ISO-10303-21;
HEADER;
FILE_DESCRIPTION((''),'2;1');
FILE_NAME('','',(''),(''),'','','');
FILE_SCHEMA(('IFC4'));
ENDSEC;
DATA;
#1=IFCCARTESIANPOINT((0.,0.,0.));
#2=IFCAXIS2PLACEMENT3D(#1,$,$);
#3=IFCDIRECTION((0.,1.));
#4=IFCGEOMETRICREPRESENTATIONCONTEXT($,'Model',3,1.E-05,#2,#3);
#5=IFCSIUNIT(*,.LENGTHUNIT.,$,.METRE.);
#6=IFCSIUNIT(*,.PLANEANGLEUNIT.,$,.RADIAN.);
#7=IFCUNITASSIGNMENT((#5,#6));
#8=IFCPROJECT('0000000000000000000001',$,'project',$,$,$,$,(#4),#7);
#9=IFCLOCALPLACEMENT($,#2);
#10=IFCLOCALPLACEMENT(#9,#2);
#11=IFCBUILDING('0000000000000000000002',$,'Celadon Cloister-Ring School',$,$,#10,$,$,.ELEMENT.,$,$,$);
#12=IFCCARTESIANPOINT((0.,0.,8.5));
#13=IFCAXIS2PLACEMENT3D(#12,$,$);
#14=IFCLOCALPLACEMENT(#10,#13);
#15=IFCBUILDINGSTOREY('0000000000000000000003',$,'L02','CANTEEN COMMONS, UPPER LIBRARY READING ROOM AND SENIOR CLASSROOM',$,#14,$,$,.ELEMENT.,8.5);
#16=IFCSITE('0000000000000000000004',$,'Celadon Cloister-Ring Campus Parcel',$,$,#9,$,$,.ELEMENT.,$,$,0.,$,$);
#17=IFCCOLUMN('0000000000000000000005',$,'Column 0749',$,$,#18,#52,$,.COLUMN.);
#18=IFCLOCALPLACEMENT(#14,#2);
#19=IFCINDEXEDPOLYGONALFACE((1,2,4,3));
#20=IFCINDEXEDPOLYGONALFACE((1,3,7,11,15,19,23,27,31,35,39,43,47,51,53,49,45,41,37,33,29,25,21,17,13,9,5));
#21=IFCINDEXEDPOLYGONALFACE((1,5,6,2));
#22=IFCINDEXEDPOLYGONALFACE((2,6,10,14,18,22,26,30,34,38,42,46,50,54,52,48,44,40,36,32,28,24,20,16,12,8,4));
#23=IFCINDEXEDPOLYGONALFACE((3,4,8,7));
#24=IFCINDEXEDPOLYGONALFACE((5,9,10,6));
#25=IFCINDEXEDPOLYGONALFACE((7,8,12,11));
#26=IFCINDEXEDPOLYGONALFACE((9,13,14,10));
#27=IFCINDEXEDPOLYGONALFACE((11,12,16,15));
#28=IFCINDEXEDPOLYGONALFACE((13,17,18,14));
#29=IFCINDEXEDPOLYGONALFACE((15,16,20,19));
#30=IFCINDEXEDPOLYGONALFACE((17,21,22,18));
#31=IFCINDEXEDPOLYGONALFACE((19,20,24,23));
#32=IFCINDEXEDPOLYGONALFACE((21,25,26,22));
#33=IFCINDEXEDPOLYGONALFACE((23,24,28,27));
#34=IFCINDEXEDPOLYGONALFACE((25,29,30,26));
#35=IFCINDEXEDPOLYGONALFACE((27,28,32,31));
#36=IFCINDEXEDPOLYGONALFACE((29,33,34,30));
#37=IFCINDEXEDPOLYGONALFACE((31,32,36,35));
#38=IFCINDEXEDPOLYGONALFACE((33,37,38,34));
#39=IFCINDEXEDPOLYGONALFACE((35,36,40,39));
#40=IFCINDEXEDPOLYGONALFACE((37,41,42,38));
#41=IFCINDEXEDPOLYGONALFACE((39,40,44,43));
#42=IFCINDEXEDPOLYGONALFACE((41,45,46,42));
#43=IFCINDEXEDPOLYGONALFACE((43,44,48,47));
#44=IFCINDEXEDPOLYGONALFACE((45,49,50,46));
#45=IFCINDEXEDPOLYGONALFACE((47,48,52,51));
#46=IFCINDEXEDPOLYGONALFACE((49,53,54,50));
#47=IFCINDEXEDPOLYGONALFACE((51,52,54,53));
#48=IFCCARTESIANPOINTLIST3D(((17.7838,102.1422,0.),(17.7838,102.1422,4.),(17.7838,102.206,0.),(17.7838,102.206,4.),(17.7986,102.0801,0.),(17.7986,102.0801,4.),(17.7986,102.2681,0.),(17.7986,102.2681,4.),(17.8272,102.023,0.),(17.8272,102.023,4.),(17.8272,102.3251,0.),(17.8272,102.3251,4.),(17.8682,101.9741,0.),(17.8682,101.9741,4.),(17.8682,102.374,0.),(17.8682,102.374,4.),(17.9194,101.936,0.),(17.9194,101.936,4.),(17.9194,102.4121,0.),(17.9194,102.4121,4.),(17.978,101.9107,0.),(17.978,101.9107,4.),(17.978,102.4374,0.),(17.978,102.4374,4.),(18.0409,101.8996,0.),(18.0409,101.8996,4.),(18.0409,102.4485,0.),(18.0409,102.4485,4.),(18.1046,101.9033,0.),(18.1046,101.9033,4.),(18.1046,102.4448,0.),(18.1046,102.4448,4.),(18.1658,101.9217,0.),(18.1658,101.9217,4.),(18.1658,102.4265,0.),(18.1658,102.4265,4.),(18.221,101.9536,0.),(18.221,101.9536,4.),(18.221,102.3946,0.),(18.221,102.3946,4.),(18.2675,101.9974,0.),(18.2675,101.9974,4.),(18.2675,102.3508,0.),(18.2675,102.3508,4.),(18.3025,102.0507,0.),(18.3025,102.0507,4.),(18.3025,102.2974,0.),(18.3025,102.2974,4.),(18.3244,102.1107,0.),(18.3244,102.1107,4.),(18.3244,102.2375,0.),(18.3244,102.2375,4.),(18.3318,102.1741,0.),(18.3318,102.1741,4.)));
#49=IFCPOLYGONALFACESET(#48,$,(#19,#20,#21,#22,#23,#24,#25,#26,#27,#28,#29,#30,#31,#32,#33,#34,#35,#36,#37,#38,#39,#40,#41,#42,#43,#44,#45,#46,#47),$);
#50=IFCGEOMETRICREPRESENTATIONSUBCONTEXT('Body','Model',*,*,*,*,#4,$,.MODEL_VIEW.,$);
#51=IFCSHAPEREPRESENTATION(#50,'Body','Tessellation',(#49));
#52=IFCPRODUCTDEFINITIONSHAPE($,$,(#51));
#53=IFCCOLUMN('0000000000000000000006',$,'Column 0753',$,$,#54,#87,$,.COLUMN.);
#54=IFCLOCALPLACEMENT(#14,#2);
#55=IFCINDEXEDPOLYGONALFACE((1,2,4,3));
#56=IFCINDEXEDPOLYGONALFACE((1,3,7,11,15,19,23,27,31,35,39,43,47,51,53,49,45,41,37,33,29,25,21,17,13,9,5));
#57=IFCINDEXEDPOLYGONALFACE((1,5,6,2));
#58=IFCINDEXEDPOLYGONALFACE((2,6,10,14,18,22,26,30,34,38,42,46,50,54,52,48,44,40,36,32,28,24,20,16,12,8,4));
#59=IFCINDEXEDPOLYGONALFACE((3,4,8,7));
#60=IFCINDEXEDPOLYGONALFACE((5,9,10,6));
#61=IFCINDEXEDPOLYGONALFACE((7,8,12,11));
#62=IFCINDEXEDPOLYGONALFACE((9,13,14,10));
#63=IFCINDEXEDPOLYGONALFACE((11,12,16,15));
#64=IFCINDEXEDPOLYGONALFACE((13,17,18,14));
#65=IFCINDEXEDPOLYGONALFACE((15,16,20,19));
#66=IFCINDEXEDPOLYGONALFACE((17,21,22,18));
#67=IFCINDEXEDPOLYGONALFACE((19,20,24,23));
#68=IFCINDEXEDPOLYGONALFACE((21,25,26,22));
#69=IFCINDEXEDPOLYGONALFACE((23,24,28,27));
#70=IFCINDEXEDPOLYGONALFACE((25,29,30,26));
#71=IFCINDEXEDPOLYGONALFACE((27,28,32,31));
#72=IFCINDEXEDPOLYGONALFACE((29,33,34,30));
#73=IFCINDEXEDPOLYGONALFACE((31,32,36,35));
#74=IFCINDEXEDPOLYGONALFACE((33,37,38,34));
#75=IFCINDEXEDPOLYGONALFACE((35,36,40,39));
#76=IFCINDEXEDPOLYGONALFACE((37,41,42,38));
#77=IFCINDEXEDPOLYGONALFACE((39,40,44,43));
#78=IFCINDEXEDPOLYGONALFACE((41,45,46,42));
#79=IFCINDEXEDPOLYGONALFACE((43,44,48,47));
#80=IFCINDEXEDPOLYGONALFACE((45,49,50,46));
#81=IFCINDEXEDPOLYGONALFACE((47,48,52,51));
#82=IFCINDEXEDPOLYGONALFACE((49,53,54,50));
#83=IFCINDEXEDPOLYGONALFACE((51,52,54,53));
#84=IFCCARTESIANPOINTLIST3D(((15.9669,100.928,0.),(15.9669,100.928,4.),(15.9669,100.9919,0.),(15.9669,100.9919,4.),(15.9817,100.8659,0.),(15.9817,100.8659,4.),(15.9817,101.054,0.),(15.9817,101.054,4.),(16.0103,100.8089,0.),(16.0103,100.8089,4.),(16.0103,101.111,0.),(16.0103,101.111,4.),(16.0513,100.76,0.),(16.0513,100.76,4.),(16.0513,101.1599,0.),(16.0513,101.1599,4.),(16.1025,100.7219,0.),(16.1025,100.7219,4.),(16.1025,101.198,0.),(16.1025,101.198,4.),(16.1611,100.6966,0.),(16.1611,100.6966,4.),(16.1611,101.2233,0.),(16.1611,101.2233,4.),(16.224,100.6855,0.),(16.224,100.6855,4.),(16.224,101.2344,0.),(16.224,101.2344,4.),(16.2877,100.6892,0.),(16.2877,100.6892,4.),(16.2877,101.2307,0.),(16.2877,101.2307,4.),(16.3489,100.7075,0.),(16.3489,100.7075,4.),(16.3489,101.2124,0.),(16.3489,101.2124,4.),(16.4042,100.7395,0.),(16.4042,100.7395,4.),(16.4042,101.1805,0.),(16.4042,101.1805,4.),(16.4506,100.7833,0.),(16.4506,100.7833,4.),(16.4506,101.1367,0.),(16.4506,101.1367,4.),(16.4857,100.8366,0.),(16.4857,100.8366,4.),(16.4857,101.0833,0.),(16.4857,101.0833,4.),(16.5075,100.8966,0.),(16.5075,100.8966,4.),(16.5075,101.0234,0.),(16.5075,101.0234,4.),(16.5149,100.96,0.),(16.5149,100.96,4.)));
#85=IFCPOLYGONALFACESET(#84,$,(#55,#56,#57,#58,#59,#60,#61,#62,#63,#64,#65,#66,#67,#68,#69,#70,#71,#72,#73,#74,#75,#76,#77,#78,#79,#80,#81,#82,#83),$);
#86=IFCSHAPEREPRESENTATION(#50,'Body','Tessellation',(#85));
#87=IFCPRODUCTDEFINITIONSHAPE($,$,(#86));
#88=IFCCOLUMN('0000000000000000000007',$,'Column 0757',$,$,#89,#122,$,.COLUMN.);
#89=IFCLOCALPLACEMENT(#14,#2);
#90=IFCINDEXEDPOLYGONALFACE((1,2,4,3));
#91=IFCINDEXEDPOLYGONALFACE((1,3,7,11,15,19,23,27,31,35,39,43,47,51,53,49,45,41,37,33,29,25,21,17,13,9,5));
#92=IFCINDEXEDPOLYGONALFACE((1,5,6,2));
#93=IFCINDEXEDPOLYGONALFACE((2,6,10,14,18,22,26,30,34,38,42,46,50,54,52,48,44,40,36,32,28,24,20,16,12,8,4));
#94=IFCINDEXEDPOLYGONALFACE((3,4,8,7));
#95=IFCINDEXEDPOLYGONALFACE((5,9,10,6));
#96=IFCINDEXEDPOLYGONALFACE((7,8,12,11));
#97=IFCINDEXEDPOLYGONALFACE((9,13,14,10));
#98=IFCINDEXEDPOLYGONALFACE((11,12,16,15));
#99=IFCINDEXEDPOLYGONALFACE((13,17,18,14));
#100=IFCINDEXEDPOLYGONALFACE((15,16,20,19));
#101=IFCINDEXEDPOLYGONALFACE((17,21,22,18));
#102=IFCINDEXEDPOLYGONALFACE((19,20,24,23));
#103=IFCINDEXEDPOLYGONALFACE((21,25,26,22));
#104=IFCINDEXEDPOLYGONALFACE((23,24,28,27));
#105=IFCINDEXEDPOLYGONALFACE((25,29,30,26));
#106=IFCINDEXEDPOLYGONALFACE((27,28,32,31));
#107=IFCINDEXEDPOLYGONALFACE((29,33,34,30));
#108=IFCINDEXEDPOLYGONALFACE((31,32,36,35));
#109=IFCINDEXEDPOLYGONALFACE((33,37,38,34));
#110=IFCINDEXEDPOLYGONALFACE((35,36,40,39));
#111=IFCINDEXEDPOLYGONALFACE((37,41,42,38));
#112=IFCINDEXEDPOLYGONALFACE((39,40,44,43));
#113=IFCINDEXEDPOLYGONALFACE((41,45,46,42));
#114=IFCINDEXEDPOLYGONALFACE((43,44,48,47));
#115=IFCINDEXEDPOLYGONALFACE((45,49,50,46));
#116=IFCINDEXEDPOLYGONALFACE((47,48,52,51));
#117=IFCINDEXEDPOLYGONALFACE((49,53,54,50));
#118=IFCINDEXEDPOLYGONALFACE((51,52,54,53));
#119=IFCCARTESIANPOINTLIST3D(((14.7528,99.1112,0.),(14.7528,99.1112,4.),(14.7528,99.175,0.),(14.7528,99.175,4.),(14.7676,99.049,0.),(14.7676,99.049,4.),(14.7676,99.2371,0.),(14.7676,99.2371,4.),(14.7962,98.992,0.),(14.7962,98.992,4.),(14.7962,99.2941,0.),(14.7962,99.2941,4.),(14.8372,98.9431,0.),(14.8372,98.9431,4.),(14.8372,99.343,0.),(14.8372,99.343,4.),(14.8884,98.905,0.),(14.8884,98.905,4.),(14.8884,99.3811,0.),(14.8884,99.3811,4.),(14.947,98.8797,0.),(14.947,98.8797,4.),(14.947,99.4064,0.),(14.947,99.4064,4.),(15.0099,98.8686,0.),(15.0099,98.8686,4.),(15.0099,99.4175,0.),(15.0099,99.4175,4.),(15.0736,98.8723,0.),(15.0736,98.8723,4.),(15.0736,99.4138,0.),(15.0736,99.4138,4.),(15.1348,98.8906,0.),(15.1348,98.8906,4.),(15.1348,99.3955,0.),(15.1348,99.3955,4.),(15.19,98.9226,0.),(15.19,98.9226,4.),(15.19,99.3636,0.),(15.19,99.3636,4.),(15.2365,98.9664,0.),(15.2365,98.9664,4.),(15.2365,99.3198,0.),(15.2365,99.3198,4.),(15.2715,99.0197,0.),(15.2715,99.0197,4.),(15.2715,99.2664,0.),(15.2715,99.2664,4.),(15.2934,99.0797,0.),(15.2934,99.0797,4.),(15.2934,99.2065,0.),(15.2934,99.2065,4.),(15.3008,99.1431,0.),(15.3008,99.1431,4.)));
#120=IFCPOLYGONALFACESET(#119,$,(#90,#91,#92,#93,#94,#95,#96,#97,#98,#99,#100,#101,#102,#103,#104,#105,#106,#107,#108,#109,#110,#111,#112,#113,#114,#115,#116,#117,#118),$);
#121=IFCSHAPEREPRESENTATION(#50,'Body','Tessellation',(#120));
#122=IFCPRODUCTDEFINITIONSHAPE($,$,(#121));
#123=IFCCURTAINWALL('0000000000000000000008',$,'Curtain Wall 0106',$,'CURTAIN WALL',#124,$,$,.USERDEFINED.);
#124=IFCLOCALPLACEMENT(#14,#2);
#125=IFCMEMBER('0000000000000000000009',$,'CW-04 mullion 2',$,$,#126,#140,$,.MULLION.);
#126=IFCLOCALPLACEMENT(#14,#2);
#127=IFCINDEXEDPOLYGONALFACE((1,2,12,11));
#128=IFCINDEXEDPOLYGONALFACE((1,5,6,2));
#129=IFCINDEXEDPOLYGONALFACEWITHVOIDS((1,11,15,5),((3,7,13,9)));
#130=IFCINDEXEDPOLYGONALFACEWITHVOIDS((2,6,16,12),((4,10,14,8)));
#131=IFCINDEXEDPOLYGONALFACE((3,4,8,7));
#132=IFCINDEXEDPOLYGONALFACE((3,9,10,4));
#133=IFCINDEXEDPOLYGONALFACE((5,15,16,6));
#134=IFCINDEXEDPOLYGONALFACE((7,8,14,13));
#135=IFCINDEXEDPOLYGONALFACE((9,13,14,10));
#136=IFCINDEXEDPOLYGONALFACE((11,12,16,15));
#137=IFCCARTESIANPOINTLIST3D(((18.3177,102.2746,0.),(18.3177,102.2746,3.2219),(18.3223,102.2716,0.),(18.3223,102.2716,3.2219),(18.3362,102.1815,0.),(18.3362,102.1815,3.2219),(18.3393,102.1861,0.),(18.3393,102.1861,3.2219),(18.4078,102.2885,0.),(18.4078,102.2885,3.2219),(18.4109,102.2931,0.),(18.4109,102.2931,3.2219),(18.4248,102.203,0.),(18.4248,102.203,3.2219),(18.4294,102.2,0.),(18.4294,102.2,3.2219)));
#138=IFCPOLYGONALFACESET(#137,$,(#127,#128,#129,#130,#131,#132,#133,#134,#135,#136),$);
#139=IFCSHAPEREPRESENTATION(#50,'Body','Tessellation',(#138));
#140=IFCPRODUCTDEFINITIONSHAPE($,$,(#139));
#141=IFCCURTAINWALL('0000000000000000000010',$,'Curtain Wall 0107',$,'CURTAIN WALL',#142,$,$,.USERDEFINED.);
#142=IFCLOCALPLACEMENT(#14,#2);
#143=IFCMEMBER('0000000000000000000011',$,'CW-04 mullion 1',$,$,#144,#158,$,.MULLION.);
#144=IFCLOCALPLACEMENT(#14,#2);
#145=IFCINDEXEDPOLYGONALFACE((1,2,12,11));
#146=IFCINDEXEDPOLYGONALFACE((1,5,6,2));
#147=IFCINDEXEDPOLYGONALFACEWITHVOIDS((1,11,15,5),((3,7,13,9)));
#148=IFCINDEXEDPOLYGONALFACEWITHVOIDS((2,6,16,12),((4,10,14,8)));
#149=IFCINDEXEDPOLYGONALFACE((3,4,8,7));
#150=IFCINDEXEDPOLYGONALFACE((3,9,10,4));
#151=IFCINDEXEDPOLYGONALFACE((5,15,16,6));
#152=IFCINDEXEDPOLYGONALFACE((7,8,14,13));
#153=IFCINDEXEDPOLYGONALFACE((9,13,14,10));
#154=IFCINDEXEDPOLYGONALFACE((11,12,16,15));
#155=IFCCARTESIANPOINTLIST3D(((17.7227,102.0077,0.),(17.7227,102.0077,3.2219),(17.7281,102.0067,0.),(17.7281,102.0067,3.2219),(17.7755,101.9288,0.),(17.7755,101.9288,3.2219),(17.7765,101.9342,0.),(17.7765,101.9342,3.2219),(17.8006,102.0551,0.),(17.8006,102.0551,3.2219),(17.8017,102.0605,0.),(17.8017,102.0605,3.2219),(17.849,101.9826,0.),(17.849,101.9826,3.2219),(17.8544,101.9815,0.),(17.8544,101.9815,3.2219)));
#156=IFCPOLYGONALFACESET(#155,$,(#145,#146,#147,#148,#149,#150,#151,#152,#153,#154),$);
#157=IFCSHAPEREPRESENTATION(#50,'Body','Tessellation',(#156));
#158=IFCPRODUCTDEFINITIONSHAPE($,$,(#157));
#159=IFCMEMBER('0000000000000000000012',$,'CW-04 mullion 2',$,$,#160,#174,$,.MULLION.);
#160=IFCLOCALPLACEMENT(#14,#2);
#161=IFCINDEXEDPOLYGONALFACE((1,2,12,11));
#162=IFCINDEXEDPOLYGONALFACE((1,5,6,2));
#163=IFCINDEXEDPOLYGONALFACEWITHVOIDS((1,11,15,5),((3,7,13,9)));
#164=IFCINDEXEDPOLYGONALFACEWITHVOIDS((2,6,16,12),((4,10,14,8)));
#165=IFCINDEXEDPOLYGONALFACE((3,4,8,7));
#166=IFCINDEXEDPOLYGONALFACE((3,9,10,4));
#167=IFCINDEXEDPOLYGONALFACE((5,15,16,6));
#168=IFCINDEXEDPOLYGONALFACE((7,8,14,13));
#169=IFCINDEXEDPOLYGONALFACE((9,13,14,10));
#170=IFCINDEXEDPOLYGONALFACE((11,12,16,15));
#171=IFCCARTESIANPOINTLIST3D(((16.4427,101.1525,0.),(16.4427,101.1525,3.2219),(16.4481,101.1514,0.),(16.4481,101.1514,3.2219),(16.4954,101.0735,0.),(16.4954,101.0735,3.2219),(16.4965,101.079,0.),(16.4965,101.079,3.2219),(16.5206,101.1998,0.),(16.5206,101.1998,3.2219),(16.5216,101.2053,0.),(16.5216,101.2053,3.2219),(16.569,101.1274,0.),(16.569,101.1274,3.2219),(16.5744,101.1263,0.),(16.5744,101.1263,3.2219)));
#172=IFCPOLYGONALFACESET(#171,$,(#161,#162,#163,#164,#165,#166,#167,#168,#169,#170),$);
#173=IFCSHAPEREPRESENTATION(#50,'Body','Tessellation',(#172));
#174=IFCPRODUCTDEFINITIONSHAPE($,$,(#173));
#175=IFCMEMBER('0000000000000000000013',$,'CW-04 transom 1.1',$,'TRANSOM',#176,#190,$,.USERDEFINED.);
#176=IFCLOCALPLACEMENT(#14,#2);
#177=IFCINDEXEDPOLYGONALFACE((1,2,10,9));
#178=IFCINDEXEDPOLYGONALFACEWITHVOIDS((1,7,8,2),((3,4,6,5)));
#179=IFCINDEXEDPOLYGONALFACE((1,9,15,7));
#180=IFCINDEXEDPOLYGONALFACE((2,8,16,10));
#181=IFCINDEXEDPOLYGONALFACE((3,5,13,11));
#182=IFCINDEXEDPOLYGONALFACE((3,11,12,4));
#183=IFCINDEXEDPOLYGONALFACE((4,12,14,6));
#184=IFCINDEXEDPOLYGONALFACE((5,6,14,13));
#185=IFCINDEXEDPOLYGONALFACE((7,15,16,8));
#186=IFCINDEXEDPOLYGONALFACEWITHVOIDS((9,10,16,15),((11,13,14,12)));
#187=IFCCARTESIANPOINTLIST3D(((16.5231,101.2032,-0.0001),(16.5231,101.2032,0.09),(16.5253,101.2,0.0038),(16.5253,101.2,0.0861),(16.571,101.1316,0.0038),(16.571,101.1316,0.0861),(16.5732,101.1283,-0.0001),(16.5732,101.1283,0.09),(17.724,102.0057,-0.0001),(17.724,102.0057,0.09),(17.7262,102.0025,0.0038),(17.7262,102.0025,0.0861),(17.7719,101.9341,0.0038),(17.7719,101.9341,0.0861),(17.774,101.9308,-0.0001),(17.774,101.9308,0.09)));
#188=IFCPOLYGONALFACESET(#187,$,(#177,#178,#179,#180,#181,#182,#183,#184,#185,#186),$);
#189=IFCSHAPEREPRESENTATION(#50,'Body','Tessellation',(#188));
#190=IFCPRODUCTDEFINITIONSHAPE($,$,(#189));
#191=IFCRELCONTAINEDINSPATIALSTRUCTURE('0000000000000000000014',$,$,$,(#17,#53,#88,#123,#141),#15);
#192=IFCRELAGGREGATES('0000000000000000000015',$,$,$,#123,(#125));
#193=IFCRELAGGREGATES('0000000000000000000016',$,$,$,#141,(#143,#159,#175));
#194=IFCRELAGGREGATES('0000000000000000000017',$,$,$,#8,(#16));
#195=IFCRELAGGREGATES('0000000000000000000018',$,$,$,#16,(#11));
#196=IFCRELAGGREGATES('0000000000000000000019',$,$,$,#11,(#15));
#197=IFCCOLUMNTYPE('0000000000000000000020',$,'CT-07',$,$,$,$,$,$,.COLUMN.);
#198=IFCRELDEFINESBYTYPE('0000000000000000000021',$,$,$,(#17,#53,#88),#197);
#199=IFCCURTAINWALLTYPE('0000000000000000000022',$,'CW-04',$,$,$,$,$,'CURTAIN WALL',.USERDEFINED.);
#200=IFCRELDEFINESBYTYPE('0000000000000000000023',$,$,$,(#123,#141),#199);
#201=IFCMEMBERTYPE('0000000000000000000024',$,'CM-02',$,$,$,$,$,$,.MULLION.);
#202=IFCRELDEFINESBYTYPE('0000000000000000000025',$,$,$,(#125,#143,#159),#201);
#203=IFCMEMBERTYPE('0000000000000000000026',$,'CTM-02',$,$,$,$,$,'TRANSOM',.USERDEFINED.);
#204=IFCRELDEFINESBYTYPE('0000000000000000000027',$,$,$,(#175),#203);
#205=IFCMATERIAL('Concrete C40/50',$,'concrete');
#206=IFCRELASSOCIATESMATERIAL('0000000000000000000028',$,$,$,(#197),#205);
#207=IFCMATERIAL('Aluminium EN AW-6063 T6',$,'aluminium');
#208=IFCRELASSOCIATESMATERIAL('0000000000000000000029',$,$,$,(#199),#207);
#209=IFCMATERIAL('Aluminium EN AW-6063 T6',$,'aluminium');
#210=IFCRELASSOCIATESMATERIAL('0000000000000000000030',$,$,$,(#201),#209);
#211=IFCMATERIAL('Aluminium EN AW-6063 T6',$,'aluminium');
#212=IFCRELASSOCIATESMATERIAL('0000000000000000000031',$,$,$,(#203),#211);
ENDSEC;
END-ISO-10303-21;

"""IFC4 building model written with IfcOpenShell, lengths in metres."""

from ifc_helpers import new_model, si_unit, direction, frame, origin, origin_2d, place, context, subcontext, project, spatial, hollow_rectangle, circle, extrude, material, material_profile, profile_set, type_object, element, aggregate, save


model = new_model("IFC4")

# Units and contexts
model_context = context("Model", 3, precision=1e-05, world=origin(), true_north=direction((0.0, 1.0)))
body_context = subcontext(model_context, "Body", "Model", "MODEL_VIEW")
ifc_project = project(units=[si_unit("LENGTHUNIT", "METRE"), si_unit("PLANEANGLEUNIT", "RADIAN")], contexts=[model_context])

# Site, building, storey
site_placement = place(None, origin())
site = spatial("IfcSite", under=ifc_project, at=site_placement, Name="Celadon Cloister-Ring Campus Parcel", CompositionType="ELEMENT", RefElevation=0.0)
building_placement = place(site_placement, origin())
building = spatial("IfcBuilding", under=site, at=building_placement, Name="Celadon Cloister-Ring School", CompositionType="ELEMENT")
storey_placement = place(building_placement, frame((0.0, 0.0, 8.5)))
storey = spatial("IfcBuildingStorey", under=building, at=storey_placement, Name="L02", Description="CANTEEN COMMONS, UPPER LIBRARY READING ROOM AND SENIOR CLASSROOM", CompositionType="ELEMENT", Elevation=8.5)

# Columns
ifc_material_1 = material(Name="Concrete C40/50", Category="concrete")
ifc_material_profile_1 = material_profile(ifc_material_1, circle(Radius=0.2749, at=origin_2d()), Name="CIRC550")
ifc_profile_set_1 = profile_set([ifc_material_profile_1], Name="Concrete C40/50")
column_type = type_object("IfcColumnType", Name="CT-07", PredefinedType="COLUMN", material=ifc_profile_set_1)
for number, where, z_axis, x_axis, name in (
    (1, (18.0569, 102.1741, 0.0), (0.0, 0.0, 1.0), (1.0, 0.0, 0.0), "Column 0749"),
    (2, (16.24, 100.96, 0.0), (0.0, 0.0, 1.0), (1.0, 0.0, 0.0), "Column 0753"),
    (3, (15.0259, 99.1431, 0.0), (0.0, 0.0, 1.0), (1.0, 0.0, 0.0), "Column 0757"),
):
    element("IfcColumn", number, at=place(storey_placement, frame(where, z_axis=z_axis, x_axis=x_axis)), inside=storey, type_object=column_type, Name=name, PredefinedType="COLUMN", context=body_context, shape_type="SweptSolid", body=[
        extrude(circle(Radius=0.2749, at=origin_2d()), origin(), (0.0, 0.0, 1.0), 4.0),
    ])

# Curtain wall, member
ifc_material_2 = material(Name="Aluminium EN AW-6063 T6", Category="aluminium")
curtain_wall_type = type_object("IfcCurtainWallType", Name="CW-04", ElementType="CURTAIN WALL", PredefinedType="USERDEFINED", material=ifc_material_2)
curtain_wall_1_placement = place(storey_placement, origin())
curtain_wall_1 = element("IfcCurtainWall", 4, at=curtain_wall_1_placement, inside=storey, type_object=curtain_wall_type, Name="Curtain Wall 0106", ObjectType="CURTAIN WALL", PredefinedType="USERDEFINED")
ifc_material_3 = material(Name="Aluminium EN AW-6063 T6", Category="aluminium")
ifc_material_profile_2 = material_profile(ifc_material_3, hollow_rectangle(XDim=0.095, YDim=0.095, WallThickness=0.0039, at=origin_2d()), Name="RHS95X95X4")
ifc_profile_set_2 = profile_set([ifc_material_profile_2], Name="Aluminium EN AW-6063 T6")
member_type_1 = type_object("IfcMemberType", Name="CM-02", PredefinedType="MULLION", material=ifc_profile_set_2)
member_1_placement = place(storey_placement, frame((18.3735, 102.2373, 0.0), z_axis=(0.0, 0.0, 1.0), x_axis=(0.194586, -0.980885, 0.0)))
member_1 = element("IfcMember", 5, at=member_1_placement, type_object=member_type_1, Name="CW-04 mullion 2", PredefinedType="MULLION", context=body_context, shape_type="SweptSolid", body=[
    extrude(hollow_rectangle(XDim=0.095, YDim=0.095, WallThickness=0.0039, at=origin_2d()), origin(), (0.0, 0.0, 1.0), 3.2219),
])

# Curtain wall, members
curtain_wall_2_placement = place(storey_placement, origin())
curtain_wall_2 = element("IfcCurtainWall", 6, at=curtain_wall_2_placement, inside=storey, type_object=curtain_wall_type, Name="Curtain Wall 0107", ObjectType="CURTAIN WALL", PredefinedType="USERDEFINED")
member_2_placement = place(storey_placement, frame((17.7886, 101.9946, 0.0), z_axis=(0.0, 0.0, 1.0), x_axis=(0.555547, -0.831485, 0.0)))
member_2 = element("IfcMember", 7, at=member_2_placement, type_object=member_type_1, Name="CW-04 mullion 1", PredefinedType="MULLION", context=body_context, shape_type="SweptSolid", body=[
    extrude(hollow_rectangle(XDim=0.095, YDim=0.095, WallThickness=0.0039, at=origin_2d()), origin(), (0.0, 0.0, 1.0), 3.2219),
])
member_3_placement = place(storey_placement, frame((16.5085, 101.1394, 0.0), z_axis=(0.0, 0.0, 1.0), x_axis=(0.555547, -0.831485, 0.0)))
member_3 = element("IfcMember", 8, at=member_3_placement, type_object=member_type_1, Name="CW-04 mullion 2", PredefinedType="MULLION", context=body_context, shape_type="SweptSolid", body=[
    extrude(hollow_rectangle(XDim=0.095, YDim=0.095, WallThickness=0.0039, at=origin_2d()), origin(), (0.0, 0.0, 1.0), 3.2219),
])
ifc_material_4 = material(Name="Aluminium EN AW-6063 T6", Category="aluminium")
ifc_material_profile_3 = material_profile(ifc_material_4, hollow_rectangle(XDim=0.0901, YDim=0.0901, WallThickness=0.0039, at=origin_2d()), Name="RHS90X90X4")
ifc_profile_set_3 = profile_set([ifc_material_profile_3], Name="Aluminium EN AW-6063 T6")
member_type_2 = type_object("IfcMemberType", Name="CTM-02", ElementType="TRANSOM", PredefinedType="USERDEFINED", material=ifc_profile_set_3)
member_4_placement = place(storey_placement, frame((17.749, 101.9683, 0.0449), z_axis=(-0.831452, -0.555597, 0.0), x_axis=(0.555597, -0.831452, 0.0)))
member_4 = element("IfcMember", 9, at=member_4_placement, type_object=member_type_2, Name="CW-04 transom 1.1", ObjectType="TRANSOM", PredefinedType="USERDEFINED", context=body_context, shape_type="SweptSolid", body=[
    extrude(hollow_rectangle(XDim=0.0901, YDim=0.0901, WallThickness=0.0039, at=origin_2d()), origin(), (0.0, 0.0, 1.0), 1.4443),
])

aggregate(curtain_wall_1, [member_1])
aggregate(curtain_wall_2, [member_2, member_3, member_4])

save(model, "model.ifc")
